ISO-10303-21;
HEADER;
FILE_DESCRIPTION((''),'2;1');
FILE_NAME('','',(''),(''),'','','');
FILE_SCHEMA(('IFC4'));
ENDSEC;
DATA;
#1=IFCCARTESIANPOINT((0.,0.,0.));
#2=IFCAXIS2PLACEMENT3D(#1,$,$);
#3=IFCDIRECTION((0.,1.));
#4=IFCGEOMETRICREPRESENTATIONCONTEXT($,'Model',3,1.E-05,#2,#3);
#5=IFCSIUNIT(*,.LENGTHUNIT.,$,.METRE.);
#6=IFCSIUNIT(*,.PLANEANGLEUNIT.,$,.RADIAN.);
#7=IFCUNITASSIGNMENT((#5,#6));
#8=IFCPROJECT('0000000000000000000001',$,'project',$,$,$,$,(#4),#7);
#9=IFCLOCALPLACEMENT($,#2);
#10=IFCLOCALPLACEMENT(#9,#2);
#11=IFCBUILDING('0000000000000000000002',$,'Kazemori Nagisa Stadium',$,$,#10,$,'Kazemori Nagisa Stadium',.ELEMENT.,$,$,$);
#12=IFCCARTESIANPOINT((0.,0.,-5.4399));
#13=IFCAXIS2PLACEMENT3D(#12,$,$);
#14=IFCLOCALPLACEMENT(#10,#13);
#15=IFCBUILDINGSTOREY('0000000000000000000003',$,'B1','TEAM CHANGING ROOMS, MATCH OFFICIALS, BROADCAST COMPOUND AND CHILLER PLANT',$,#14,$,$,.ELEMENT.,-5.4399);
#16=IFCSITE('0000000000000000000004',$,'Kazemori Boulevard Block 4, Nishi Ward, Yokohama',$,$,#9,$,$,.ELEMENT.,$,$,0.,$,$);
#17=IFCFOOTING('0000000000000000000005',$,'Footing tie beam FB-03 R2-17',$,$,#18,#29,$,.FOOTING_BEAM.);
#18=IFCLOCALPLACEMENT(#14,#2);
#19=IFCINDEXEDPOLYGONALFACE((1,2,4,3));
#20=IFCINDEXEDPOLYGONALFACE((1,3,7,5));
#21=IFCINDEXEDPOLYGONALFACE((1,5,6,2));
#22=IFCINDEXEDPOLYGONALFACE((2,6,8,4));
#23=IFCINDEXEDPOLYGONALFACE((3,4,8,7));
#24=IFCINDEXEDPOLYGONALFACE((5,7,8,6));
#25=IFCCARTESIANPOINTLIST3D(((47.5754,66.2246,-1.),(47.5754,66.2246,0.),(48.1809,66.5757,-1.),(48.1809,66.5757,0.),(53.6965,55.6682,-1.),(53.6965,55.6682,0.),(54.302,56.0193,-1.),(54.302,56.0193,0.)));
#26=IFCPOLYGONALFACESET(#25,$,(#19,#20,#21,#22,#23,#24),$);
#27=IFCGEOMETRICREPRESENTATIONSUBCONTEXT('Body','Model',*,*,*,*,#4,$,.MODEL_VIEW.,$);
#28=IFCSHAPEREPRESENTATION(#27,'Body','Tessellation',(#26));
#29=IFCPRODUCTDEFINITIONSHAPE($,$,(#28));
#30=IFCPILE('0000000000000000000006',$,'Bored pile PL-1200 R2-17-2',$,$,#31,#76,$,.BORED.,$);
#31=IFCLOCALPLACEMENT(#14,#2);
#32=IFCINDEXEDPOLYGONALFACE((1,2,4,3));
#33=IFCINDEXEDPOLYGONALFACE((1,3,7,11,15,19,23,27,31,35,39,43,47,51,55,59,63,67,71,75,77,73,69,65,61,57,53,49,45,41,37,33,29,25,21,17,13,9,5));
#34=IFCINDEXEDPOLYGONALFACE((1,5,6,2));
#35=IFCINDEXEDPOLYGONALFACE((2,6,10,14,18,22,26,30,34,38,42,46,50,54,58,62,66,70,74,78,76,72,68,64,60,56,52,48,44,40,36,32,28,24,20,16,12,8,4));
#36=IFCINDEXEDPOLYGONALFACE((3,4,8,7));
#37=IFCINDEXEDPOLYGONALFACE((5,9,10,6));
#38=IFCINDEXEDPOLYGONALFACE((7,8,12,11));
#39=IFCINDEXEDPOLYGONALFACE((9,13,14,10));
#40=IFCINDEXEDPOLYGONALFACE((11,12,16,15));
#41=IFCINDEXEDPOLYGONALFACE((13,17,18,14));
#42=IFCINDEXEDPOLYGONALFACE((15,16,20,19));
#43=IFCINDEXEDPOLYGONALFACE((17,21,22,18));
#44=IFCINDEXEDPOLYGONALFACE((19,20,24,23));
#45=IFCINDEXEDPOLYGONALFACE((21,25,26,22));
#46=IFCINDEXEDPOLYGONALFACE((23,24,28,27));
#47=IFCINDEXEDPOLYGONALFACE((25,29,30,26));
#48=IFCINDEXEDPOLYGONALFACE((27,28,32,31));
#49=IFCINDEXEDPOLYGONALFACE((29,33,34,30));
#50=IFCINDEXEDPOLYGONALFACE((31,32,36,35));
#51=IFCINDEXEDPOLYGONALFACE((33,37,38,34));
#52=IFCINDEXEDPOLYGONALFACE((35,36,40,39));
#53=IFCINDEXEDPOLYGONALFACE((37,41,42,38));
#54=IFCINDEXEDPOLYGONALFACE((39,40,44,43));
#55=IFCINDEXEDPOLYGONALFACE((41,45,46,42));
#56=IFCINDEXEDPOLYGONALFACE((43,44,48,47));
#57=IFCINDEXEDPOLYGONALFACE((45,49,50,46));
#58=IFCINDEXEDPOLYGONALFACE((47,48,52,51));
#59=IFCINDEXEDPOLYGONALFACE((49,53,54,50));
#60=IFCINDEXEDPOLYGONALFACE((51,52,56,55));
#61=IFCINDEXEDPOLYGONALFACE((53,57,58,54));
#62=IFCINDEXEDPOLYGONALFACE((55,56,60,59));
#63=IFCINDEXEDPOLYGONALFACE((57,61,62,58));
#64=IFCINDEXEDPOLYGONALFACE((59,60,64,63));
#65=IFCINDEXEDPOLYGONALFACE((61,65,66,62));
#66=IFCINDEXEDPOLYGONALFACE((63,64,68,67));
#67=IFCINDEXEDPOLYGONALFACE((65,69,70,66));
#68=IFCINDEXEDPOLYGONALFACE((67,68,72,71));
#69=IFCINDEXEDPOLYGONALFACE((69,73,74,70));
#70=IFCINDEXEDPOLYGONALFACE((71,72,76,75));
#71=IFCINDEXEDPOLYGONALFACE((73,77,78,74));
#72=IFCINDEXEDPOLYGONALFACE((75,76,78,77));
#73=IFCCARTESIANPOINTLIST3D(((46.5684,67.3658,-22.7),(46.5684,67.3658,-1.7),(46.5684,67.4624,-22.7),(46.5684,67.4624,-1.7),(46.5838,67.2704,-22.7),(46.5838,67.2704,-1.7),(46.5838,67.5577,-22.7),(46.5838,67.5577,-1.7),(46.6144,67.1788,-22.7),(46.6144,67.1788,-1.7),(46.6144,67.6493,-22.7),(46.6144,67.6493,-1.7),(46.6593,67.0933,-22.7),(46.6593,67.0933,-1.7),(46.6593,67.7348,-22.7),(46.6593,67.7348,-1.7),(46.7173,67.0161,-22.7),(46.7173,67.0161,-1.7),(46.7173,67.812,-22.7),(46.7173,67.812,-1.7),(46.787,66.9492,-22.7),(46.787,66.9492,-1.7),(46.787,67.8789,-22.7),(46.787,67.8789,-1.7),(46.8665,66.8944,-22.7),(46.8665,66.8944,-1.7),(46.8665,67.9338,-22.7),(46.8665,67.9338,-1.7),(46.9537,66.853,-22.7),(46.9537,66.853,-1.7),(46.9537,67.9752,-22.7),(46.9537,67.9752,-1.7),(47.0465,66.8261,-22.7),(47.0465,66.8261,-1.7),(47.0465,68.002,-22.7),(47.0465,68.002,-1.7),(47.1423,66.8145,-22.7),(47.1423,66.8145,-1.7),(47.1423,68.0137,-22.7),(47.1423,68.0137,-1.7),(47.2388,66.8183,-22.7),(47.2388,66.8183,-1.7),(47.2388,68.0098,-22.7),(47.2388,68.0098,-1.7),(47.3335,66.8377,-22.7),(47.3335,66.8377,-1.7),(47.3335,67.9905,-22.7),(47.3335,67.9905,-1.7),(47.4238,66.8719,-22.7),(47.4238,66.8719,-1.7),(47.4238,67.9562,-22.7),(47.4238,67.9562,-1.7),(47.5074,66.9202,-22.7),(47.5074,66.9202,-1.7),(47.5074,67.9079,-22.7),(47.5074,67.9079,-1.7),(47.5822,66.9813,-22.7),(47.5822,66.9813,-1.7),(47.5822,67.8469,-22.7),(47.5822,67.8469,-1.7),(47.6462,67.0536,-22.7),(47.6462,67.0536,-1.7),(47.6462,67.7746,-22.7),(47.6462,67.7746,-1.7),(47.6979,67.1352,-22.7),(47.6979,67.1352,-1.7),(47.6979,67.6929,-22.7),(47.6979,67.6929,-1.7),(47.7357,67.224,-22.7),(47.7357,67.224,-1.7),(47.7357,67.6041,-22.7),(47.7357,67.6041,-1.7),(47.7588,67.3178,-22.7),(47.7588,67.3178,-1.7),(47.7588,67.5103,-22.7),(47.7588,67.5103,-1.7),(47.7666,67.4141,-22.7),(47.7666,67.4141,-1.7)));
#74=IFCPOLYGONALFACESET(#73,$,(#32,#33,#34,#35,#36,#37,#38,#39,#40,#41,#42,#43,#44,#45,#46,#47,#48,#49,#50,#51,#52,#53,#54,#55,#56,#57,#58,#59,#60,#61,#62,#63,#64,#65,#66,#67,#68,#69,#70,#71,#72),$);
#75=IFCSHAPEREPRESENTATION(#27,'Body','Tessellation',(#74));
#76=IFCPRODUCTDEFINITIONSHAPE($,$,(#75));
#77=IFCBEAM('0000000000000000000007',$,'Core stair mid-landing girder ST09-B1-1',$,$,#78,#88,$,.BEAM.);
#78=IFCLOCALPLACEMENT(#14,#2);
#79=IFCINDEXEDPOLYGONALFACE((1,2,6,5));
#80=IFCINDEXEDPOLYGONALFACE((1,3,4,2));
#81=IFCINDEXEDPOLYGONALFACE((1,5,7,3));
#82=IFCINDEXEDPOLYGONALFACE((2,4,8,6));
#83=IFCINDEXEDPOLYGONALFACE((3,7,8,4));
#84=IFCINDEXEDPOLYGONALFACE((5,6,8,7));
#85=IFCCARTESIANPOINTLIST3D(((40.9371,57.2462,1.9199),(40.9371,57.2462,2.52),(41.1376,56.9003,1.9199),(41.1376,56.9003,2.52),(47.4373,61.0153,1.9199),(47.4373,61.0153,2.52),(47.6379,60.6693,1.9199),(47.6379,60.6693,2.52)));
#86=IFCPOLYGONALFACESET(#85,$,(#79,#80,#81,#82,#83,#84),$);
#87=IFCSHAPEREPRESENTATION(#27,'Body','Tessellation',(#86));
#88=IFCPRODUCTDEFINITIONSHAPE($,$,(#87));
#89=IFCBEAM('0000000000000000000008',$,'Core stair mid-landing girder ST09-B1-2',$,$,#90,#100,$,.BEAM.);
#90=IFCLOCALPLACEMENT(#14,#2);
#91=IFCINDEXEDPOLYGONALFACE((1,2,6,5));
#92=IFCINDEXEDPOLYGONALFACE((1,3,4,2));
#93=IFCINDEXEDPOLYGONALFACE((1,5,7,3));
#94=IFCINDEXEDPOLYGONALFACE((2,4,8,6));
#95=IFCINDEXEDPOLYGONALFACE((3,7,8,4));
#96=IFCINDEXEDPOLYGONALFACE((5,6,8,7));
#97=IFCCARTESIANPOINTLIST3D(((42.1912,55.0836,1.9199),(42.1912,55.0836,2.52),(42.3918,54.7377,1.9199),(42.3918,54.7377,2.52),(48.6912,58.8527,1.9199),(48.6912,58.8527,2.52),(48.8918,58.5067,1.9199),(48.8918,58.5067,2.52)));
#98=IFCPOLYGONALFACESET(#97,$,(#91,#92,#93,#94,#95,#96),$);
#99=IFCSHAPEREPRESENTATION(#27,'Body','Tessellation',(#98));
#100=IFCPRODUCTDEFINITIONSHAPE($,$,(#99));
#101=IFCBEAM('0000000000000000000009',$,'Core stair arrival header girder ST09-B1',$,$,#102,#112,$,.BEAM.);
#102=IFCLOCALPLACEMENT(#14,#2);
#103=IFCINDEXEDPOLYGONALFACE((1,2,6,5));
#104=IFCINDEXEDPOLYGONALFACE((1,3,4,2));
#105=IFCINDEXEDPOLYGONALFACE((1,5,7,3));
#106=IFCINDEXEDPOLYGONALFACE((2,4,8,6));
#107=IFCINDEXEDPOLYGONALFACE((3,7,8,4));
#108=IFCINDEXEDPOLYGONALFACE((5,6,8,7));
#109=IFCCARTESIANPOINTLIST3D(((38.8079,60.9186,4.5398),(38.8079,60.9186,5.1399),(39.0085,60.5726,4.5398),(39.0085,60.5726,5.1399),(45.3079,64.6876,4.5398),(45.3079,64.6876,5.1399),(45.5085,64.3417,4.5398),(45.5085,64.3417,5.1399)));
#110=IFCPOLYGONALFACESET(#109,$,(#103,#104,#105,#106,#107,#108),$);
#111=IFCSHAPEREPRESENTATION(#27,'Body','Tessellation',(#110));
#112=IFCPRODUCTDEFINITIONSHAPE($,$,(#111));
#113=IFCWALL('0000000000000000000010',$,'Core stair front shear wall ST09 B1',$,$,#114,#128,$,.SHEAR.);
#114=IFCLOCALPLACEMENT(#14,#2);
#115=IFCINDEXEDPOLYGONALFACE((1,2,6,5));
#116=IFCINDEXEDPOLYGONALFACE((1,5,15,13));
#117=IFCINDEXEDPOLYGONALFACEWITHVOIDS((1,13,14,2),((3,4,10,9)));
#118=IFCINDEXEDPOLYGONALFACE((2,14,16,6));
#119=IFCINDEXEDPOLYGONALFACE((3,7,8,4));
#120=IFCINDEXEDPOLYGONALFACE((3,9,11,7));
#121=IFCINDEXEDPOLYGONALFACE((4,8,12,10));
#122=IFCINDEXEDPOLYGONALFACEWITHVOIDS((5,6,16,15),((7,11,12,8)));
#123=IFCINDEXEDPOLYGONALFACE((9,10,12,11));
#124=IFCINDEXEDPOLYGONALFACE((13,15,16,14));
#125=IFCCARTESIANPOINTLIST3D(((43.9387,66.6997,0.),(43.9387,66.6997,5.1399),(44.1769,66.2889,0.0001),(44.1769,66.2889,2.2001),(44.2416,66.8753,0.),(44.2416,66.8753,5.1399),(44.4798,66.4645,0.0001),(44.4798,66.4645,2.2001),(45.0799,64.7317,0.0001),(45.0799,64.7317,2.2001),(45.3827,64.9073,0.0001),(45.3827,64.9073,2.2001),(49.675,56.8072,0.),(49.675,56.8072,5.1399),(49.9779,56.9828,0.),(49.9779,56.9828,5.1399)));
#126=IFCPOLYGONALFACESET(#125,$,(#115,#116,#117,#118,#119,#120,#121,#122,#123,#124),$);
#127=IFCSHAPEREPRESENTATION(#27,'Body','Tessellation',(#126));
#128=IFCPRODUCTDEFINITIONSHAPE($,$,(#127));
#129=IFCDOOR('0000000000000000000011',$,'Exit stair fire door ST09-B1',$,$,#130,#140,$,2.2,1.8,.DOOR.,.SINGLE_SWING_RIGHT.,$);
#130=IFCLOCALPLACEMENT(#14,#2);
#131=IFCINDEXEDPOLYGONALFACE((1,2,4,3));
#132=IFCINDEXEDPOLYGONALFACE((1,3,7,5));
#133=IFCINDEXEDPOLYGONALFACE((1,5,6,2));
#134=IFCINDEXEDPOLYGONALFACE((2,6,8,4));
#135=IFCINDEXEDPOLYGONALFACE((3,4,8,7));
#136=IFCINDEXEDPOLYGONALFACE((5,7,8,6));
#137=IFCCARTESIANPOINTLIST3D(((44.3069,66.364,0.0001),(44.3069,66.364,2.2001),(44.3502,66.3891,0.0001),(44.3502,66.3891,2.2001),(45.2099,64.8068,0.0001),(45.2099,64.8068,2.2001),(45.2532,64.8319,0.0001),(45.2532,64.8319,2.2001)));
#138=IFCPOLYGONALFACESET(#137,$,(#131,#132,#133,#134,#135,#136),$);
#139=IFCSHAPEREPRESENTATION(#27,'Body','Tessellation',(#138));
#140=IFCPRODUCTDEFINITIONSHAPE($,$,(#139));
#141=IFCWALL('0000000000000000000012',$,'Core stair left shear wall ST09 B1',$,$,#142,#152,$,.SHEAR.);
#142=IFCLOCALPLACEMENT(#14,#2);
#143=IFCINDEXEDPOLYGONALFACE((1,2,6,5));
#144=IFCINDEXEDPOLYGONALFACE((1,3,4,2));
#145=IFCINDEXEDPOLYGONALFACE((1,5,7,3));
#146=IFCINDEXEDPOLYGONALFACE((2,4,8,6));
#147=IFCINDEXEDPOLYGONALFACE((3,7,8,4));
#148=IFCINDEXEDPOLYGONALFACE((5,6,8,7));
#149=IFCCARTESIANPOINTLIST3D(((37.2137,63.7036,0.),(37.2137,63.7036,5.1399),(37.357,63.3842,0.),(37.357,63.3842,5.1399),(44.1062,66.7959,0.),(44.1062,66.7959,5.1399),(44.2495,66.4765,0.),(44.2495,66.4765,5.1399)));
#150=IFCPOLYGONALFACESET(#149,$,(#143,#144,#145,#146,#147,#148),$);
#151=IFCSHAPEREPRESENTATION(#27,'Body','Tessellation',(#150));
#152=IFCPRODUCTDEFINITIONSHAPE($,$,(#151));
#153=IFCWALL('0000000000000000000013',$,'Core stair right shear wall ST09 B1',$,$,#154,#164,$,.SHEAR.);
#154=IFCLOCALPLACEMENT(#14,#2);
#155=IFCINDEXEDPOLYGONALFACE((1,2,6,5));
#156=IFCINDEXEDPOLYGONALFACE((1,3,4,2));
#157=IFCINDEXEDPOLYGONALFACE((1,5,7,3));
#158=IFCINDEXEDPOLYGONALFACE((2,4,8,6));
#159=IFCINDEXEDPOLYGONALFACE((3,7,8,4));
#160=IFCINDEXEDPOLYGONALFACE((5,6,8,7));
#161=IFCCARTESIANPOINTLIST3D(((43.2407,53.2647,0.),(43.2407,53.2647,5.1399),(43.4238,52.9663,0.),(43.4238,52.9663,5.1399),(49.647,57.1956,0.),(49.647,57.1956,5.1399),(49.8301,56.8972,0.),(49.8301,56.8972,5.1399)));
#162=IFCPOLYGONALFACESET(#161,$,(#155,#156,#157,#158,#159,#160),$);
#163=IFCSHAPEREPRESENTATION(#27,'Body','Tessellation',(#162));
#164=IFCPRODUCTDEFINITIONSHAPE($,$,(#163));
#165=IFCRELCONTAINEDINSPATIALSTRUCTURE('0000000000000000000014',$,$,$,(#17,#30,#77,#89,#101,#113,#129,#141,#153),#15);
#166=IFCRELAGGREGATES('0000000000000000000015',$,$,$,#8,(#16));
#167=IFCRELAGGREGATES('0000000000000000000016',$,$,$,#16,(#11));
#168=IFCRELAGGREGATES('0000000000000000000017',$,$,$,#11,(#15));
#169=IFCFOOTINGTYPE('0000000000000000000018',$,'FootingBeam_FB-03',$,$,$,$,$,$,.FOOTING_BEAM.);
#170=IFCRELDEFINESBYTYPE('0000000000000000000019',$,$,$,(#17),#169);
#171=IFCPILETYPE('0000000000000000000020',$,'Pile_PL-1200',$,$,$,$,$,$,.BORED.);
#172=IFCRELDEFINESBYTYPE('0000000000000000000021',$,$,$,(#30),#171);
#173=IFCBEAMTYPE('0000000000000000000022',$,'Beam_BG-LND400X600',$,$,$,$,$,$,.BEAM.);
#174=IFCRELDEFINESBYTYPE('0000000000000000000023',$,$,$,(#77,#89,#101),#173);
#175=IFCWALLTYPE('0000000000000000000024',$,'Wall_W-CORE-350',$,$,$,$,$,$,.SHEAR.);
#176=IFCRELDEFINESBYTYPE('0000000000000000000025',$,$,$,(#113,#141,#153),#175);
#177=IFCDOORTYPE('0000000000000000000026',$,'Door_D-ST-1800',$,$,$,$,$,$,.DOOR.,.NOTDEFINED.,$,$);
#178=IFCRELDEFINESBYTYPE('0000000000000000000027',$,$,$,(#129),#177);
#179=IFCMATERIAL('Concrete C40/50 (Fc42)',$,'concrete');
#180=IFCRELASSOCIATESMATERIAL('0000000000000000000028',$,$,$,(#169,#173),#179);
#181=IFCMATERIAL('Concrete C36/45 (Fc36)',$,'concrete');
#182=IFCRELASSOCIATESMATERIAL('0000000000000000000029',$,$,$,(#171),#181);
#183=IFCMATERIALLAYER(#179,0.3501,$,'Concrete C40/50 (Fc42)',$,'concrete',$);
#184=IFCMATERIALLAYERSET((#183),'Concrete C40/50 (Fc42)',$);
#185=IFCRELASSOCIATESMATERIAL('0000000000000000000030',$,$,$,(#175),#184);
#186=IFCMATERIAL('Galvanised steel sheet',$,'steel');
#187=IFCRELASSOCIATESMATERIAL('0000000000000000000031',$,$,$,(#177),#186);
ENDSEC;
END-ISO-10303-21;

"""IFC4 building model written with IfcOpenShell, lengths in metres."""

from ifc_helpers import new_model, si_unit, direction, frame, frame_2d, origin, origin_2d, place, context, subcontext, project, spatial, rectangle, circle, extrude, material, layer, layer_set, material_profile, profile_set, type_object, element, fill, save


model = new_model("IFC4")

# Units and contexts
model_context = context("Model", 3, precision=1e-05, world=origin(), true_north=direction((0.0, 1.0)))
body_context = subcontext(model_context, "Body", "Model", "MODEL_VIEW")
ifc_project = project(units=[si_unit("LENGTHUNIT", "METRE"), si_unit("PLANEANGLEUNIT", "RADIAN")], contexts=[model_context])

# Site, building, storey
site_placement = place(None, origin())
site = spatial("IfcSite", under=ifc_project, at=site_placement, Name="Kazemori Boulevard Block 4, Nishi Ward, Yokohama", CompositionType="ELEMENT", RefElevation=0.0)
building_placement = place(site_placement, origin())
building = spatial("IfcBuilding", under=site, at=building_placement, Name="Kazemori Nagisa Stadium", LongName="Kazemori Nagisa Stadium", CompositionType="ELEMENT")
storey_placement = place(building_placement, frame((0.0, 0.0, -5.4399)))
storey = spatial("IfcBuildingStorey", under=building, at=storey_placement, Name="B1", Description="TEAM CHANGING ROOMS, MATCH OFFICIALS, BROADCAST COMPOUND AND CHILLER PLANT", CompositionType="ELEMENT", Elevation=-5.4399)

# Footing
ifc_material_1 = material(Name="Concrete C40/50 (Fc42)", Category="concrete")
ifc_material_profile_1 = material_profile(ifc_material_1, rectangle(XDim=0.7, YDim=1.0, at=origin_2d()), Name="RC-FB-700x1000")
ifc_profile_set_1 = profile_set([ifc_material_profile_1], Name="Concrete C40/50 (Fc42)")
footing_type = type_object("IfcFootingType", Name="FootingBeam_FB-03", PredefinedType="FOOTING_BEAM", material=ifc_profile_set_1)
footing_placement = place(storey_placement, frame((47.8782, 66.4001, -0.5), z_axis=(0.501619, -0.865089, 0.0), x_axis=(0.865089, 0.501619, 0.0)))
element("IfcFooting", 1, at=footing_placement, inside=storey, type_object=footing_type, Name="Footing tie beam FB-03 R2-17", PredefinedType="FOOTING_BEAM", context=body_context, shape_type="SweptSolid", body=[
    extrude(rectangle(XDim=0.7, YDim=1.0, at=origin_2d()), origin(), (0.0, 0.0, 1.0), 12.2026),
])

# Pile
ifc_material_2 = material(Name="Concrete C36/45 (Fc36)", Category="concrete")
ifc_material_profile_2 = material_profile(ifc_material_2, circle(Radius=0.6001, at=origin_2d()), Name="PILE-D1200")
ifc_profile_set_2 = profile_set([ifc_material_profile_2], Name="Concrete C36/45 (Fc36)")
pile_type = type_object("IfcPileType", Name="Pile_PL-1200", PredefinedType="BORED", material=ifc_profile_set_2)
pile_placement = place(storey_placement, frame((47.1665, 67.4141, -1.7), z_axis=(0.0, 0.0, -1.0), x_axis=(1.0, 0.0, 0.0)))
element("IfcPile", 2, at=pile_placement, inside=storey, type_object=pile_type, Name="Bored pile PL-1200 R2-17-2", PredefinedType="BORED", context=body_context, shape_type="SweptSolid", body=[
    extrude(circle(Radius=0.6001, at=origin_2d()), origin(), (0.0, 0.0, 1.0), 21.0),
])

# Beams
ifc_material_profile_3 = material_profile(ifc_material_1, rectangle(XDim=0.3999, YDim=0.6001, at=origin_2d()), Name="RC-BM-400x600")
ifc_profile_set_3 = profile_set([ifc_material_profile_3], Name="Concrete C40/50 (Fc42)")
beam_type = type_object("IfcBeamType", Name="Beam_BG-LND400X600", PredefinedType="BEAM", material=ifc_profile_set_3)
beam_placement = place(storey_placement, frame((47.5376, 60.8423, 2.22), z_axis=(-0.865095, -0.501609, 0.0), x_axis=(0.501609, -0.865095, 0.0)))
element("IfcBeam", 3, at=beam_placement, inside=storey, type_object=beam_type, Name="Core stair mid-landing girder ST09-B1-1", PredefinedType="BEAM", context=body_context, shape_type="SweptSolid", body=[
    extrude(rectangle(XDim=0.3999, YDim=0.6001, at=origin_2d()), origin(), (0.0, 0.0, 1.0), 7.5139),
])
for number, where, z_axis, x_axis, name in (
    (4, (48.7915, 58.6797, 2.22), (-0.865086, -0.501623, 0.0), (0.501623, -0.865086, 0.0), "Core stair mid-landing girder ST09-B1-2"),
    (5, (45.4082, 64.5146, 4.8398), (-0.865086, -0.501623, 0.0), (0.501623, -0.865086, 0.0), "Core stair arrival header girder ST09-B1"),
):
    element("IfcBeam", number, at=place(storey_placement, frame(where, z_axis=z_axis, x_axis=x_axis)), inside=storey, type_object=beam_type, Name=name, PredefinedType="BEAM", context=body_context, shape_type="SweptSolid", body=[
        extrude(rectangle(XDim=0.3999, YDim=0.6001, at=origin_2d()), origin(), (0.0, 0.0, 1.0), 7.5137),
    ])

# Wall, opening, door
ifc_layer_1 = layer(ifc_material_1, 0.3501, Name="Concrete C40/50 (Fc42)", Category="concrete")
ifc_layer_set_1 = layer_set([ifc_layer_1], Name="Concrete C40/50 (Fc42)")
wall_type_1 = type_object("IfcWallType", Name="Wall_W-CORE-350", PredefinedType="SHEAR", material=ifc_layer_set_1)
wall_1_placement = place(storey_placement, frame((44.0901, 66.7876, 0.0), z_axis=(0.0, 0.0, 1.0), x_axis=(0.501629, -0.865083, 0.0)))
wall_1 = element("IfcWall", 6, at=wall_1_placement, inside=storey, type_object=wall_type_1, Name="Core stair front shear wall ST09 B1", PredefinedType="SHEAR", context=body_context, shape_type="SweptSolid", body=[
    extrude(rectangle(XDim=11.4353, YDim=0.3501, at=frame_2d((5.7178, 0.0))), origin(), (0.0, 0.0, 1.0), 5.1399),
])
opening_1_placement = place(wall_1_placement, frame((0.4751, 0.0, 0.0)))
opening_1 = element("IfcOpeningElement", 7, at=opening_1_placement, cuts=wall_1, PredefinedType="OPENING", context=body_context, shape_type="SweptSolid", body=[
    extrude(rectangle(XDim=1.8, YDim=2.2, at=frame_2d((0.8999, 1.1001))), frame((0.0, 0.1851, 0.0), z_axis=(0.0, -1.0, 0.0), x_axis=(1.0, 0.0, 0.0)), (0.0, 0.0, 1.0), 0.3701),
])
ifc_material_3 = material(Name="Galvanised steel sheet", Category="steel")
door_type_1 = type_object("IfcDoorType", Name="Door_D-ST-1800", OperationType="NOTDEFINED", PredefinedType="DOOR", material=ifc_material_3)
door_1_placement = place(opening_1_placement, frame((1.8, 0.0, 0.0), z_axis=(0.0, 0.0, 1.0), x_axis=(-1.0, 0.0, 0.0)))
door_1 = element("IfcDoor", 8, at=door_1_placement, inside=storey, type_object=door_type_1, Name="Exit stair fire door ST09-B1", OperationType="SINGLE_SWING_RIGHT", OverallHeight=2.2, OverallWidth=1.8, PredefinedType="DOOR", context=body_context, shape_type="SweptSolid", body=[
    extrude(rectangle(XDim=1.8, YDim=2.2, at=frame_2d((0.8999, 1.1001))), frame((0.0, 0.0249, 0.0), z_axis=(0.0, -1.0, 0.0), x_axis=(1.0, 0.0, 0.0)), (0.0, 0.0, 1.0), 0.05),
])
fill(opening_1, door_1)

# Walls
wall_2_placement = place(storey_placement, frame((44.178, 66.6362, 0.0), z_axis=(0.0, 0.0, 1.0), x_axis=(-0.912385, -0.409332, 0.0)))
element("IfcWall", 9, at=wall_2_placement, inside=storey, type_object=wall_type_1, Name="Core stair left shear wall ST09 B1", PredefinedType="SHEAR", context=body_context, shape_type="SweptSolid", body=[
    extrude(rectangle(XDim=7.5544, YDim=0.3501, at=frame_2d((3.7773, 0.0))), origin(), (0.0, 0.0, 1.0), 5.1399),
])
wall_3_placement = place(storey_placement, frame((49.7385, 57.0464, 0.0), z_axis=(0.0, 0.0, 1.0), x_axis=(-0.852335, -0.522997, 0.0)))
element("IfcWall", 10, at=wall_3_placement, inside=storey, type_object=wall_type_1, Name="Core stair right shear wall ST09 B1", PredefinedType="SHEAR", context=body_context, shape_type="SweptSolid", body=[
    extrude(rectangle(XDim=7.5161, YDim=0.3501, at=frame_2d((3.7581, 0.0))), origin(), (0.0, 0.0, 1.0), 5.1399),
])

save(model, "model.ifc")
